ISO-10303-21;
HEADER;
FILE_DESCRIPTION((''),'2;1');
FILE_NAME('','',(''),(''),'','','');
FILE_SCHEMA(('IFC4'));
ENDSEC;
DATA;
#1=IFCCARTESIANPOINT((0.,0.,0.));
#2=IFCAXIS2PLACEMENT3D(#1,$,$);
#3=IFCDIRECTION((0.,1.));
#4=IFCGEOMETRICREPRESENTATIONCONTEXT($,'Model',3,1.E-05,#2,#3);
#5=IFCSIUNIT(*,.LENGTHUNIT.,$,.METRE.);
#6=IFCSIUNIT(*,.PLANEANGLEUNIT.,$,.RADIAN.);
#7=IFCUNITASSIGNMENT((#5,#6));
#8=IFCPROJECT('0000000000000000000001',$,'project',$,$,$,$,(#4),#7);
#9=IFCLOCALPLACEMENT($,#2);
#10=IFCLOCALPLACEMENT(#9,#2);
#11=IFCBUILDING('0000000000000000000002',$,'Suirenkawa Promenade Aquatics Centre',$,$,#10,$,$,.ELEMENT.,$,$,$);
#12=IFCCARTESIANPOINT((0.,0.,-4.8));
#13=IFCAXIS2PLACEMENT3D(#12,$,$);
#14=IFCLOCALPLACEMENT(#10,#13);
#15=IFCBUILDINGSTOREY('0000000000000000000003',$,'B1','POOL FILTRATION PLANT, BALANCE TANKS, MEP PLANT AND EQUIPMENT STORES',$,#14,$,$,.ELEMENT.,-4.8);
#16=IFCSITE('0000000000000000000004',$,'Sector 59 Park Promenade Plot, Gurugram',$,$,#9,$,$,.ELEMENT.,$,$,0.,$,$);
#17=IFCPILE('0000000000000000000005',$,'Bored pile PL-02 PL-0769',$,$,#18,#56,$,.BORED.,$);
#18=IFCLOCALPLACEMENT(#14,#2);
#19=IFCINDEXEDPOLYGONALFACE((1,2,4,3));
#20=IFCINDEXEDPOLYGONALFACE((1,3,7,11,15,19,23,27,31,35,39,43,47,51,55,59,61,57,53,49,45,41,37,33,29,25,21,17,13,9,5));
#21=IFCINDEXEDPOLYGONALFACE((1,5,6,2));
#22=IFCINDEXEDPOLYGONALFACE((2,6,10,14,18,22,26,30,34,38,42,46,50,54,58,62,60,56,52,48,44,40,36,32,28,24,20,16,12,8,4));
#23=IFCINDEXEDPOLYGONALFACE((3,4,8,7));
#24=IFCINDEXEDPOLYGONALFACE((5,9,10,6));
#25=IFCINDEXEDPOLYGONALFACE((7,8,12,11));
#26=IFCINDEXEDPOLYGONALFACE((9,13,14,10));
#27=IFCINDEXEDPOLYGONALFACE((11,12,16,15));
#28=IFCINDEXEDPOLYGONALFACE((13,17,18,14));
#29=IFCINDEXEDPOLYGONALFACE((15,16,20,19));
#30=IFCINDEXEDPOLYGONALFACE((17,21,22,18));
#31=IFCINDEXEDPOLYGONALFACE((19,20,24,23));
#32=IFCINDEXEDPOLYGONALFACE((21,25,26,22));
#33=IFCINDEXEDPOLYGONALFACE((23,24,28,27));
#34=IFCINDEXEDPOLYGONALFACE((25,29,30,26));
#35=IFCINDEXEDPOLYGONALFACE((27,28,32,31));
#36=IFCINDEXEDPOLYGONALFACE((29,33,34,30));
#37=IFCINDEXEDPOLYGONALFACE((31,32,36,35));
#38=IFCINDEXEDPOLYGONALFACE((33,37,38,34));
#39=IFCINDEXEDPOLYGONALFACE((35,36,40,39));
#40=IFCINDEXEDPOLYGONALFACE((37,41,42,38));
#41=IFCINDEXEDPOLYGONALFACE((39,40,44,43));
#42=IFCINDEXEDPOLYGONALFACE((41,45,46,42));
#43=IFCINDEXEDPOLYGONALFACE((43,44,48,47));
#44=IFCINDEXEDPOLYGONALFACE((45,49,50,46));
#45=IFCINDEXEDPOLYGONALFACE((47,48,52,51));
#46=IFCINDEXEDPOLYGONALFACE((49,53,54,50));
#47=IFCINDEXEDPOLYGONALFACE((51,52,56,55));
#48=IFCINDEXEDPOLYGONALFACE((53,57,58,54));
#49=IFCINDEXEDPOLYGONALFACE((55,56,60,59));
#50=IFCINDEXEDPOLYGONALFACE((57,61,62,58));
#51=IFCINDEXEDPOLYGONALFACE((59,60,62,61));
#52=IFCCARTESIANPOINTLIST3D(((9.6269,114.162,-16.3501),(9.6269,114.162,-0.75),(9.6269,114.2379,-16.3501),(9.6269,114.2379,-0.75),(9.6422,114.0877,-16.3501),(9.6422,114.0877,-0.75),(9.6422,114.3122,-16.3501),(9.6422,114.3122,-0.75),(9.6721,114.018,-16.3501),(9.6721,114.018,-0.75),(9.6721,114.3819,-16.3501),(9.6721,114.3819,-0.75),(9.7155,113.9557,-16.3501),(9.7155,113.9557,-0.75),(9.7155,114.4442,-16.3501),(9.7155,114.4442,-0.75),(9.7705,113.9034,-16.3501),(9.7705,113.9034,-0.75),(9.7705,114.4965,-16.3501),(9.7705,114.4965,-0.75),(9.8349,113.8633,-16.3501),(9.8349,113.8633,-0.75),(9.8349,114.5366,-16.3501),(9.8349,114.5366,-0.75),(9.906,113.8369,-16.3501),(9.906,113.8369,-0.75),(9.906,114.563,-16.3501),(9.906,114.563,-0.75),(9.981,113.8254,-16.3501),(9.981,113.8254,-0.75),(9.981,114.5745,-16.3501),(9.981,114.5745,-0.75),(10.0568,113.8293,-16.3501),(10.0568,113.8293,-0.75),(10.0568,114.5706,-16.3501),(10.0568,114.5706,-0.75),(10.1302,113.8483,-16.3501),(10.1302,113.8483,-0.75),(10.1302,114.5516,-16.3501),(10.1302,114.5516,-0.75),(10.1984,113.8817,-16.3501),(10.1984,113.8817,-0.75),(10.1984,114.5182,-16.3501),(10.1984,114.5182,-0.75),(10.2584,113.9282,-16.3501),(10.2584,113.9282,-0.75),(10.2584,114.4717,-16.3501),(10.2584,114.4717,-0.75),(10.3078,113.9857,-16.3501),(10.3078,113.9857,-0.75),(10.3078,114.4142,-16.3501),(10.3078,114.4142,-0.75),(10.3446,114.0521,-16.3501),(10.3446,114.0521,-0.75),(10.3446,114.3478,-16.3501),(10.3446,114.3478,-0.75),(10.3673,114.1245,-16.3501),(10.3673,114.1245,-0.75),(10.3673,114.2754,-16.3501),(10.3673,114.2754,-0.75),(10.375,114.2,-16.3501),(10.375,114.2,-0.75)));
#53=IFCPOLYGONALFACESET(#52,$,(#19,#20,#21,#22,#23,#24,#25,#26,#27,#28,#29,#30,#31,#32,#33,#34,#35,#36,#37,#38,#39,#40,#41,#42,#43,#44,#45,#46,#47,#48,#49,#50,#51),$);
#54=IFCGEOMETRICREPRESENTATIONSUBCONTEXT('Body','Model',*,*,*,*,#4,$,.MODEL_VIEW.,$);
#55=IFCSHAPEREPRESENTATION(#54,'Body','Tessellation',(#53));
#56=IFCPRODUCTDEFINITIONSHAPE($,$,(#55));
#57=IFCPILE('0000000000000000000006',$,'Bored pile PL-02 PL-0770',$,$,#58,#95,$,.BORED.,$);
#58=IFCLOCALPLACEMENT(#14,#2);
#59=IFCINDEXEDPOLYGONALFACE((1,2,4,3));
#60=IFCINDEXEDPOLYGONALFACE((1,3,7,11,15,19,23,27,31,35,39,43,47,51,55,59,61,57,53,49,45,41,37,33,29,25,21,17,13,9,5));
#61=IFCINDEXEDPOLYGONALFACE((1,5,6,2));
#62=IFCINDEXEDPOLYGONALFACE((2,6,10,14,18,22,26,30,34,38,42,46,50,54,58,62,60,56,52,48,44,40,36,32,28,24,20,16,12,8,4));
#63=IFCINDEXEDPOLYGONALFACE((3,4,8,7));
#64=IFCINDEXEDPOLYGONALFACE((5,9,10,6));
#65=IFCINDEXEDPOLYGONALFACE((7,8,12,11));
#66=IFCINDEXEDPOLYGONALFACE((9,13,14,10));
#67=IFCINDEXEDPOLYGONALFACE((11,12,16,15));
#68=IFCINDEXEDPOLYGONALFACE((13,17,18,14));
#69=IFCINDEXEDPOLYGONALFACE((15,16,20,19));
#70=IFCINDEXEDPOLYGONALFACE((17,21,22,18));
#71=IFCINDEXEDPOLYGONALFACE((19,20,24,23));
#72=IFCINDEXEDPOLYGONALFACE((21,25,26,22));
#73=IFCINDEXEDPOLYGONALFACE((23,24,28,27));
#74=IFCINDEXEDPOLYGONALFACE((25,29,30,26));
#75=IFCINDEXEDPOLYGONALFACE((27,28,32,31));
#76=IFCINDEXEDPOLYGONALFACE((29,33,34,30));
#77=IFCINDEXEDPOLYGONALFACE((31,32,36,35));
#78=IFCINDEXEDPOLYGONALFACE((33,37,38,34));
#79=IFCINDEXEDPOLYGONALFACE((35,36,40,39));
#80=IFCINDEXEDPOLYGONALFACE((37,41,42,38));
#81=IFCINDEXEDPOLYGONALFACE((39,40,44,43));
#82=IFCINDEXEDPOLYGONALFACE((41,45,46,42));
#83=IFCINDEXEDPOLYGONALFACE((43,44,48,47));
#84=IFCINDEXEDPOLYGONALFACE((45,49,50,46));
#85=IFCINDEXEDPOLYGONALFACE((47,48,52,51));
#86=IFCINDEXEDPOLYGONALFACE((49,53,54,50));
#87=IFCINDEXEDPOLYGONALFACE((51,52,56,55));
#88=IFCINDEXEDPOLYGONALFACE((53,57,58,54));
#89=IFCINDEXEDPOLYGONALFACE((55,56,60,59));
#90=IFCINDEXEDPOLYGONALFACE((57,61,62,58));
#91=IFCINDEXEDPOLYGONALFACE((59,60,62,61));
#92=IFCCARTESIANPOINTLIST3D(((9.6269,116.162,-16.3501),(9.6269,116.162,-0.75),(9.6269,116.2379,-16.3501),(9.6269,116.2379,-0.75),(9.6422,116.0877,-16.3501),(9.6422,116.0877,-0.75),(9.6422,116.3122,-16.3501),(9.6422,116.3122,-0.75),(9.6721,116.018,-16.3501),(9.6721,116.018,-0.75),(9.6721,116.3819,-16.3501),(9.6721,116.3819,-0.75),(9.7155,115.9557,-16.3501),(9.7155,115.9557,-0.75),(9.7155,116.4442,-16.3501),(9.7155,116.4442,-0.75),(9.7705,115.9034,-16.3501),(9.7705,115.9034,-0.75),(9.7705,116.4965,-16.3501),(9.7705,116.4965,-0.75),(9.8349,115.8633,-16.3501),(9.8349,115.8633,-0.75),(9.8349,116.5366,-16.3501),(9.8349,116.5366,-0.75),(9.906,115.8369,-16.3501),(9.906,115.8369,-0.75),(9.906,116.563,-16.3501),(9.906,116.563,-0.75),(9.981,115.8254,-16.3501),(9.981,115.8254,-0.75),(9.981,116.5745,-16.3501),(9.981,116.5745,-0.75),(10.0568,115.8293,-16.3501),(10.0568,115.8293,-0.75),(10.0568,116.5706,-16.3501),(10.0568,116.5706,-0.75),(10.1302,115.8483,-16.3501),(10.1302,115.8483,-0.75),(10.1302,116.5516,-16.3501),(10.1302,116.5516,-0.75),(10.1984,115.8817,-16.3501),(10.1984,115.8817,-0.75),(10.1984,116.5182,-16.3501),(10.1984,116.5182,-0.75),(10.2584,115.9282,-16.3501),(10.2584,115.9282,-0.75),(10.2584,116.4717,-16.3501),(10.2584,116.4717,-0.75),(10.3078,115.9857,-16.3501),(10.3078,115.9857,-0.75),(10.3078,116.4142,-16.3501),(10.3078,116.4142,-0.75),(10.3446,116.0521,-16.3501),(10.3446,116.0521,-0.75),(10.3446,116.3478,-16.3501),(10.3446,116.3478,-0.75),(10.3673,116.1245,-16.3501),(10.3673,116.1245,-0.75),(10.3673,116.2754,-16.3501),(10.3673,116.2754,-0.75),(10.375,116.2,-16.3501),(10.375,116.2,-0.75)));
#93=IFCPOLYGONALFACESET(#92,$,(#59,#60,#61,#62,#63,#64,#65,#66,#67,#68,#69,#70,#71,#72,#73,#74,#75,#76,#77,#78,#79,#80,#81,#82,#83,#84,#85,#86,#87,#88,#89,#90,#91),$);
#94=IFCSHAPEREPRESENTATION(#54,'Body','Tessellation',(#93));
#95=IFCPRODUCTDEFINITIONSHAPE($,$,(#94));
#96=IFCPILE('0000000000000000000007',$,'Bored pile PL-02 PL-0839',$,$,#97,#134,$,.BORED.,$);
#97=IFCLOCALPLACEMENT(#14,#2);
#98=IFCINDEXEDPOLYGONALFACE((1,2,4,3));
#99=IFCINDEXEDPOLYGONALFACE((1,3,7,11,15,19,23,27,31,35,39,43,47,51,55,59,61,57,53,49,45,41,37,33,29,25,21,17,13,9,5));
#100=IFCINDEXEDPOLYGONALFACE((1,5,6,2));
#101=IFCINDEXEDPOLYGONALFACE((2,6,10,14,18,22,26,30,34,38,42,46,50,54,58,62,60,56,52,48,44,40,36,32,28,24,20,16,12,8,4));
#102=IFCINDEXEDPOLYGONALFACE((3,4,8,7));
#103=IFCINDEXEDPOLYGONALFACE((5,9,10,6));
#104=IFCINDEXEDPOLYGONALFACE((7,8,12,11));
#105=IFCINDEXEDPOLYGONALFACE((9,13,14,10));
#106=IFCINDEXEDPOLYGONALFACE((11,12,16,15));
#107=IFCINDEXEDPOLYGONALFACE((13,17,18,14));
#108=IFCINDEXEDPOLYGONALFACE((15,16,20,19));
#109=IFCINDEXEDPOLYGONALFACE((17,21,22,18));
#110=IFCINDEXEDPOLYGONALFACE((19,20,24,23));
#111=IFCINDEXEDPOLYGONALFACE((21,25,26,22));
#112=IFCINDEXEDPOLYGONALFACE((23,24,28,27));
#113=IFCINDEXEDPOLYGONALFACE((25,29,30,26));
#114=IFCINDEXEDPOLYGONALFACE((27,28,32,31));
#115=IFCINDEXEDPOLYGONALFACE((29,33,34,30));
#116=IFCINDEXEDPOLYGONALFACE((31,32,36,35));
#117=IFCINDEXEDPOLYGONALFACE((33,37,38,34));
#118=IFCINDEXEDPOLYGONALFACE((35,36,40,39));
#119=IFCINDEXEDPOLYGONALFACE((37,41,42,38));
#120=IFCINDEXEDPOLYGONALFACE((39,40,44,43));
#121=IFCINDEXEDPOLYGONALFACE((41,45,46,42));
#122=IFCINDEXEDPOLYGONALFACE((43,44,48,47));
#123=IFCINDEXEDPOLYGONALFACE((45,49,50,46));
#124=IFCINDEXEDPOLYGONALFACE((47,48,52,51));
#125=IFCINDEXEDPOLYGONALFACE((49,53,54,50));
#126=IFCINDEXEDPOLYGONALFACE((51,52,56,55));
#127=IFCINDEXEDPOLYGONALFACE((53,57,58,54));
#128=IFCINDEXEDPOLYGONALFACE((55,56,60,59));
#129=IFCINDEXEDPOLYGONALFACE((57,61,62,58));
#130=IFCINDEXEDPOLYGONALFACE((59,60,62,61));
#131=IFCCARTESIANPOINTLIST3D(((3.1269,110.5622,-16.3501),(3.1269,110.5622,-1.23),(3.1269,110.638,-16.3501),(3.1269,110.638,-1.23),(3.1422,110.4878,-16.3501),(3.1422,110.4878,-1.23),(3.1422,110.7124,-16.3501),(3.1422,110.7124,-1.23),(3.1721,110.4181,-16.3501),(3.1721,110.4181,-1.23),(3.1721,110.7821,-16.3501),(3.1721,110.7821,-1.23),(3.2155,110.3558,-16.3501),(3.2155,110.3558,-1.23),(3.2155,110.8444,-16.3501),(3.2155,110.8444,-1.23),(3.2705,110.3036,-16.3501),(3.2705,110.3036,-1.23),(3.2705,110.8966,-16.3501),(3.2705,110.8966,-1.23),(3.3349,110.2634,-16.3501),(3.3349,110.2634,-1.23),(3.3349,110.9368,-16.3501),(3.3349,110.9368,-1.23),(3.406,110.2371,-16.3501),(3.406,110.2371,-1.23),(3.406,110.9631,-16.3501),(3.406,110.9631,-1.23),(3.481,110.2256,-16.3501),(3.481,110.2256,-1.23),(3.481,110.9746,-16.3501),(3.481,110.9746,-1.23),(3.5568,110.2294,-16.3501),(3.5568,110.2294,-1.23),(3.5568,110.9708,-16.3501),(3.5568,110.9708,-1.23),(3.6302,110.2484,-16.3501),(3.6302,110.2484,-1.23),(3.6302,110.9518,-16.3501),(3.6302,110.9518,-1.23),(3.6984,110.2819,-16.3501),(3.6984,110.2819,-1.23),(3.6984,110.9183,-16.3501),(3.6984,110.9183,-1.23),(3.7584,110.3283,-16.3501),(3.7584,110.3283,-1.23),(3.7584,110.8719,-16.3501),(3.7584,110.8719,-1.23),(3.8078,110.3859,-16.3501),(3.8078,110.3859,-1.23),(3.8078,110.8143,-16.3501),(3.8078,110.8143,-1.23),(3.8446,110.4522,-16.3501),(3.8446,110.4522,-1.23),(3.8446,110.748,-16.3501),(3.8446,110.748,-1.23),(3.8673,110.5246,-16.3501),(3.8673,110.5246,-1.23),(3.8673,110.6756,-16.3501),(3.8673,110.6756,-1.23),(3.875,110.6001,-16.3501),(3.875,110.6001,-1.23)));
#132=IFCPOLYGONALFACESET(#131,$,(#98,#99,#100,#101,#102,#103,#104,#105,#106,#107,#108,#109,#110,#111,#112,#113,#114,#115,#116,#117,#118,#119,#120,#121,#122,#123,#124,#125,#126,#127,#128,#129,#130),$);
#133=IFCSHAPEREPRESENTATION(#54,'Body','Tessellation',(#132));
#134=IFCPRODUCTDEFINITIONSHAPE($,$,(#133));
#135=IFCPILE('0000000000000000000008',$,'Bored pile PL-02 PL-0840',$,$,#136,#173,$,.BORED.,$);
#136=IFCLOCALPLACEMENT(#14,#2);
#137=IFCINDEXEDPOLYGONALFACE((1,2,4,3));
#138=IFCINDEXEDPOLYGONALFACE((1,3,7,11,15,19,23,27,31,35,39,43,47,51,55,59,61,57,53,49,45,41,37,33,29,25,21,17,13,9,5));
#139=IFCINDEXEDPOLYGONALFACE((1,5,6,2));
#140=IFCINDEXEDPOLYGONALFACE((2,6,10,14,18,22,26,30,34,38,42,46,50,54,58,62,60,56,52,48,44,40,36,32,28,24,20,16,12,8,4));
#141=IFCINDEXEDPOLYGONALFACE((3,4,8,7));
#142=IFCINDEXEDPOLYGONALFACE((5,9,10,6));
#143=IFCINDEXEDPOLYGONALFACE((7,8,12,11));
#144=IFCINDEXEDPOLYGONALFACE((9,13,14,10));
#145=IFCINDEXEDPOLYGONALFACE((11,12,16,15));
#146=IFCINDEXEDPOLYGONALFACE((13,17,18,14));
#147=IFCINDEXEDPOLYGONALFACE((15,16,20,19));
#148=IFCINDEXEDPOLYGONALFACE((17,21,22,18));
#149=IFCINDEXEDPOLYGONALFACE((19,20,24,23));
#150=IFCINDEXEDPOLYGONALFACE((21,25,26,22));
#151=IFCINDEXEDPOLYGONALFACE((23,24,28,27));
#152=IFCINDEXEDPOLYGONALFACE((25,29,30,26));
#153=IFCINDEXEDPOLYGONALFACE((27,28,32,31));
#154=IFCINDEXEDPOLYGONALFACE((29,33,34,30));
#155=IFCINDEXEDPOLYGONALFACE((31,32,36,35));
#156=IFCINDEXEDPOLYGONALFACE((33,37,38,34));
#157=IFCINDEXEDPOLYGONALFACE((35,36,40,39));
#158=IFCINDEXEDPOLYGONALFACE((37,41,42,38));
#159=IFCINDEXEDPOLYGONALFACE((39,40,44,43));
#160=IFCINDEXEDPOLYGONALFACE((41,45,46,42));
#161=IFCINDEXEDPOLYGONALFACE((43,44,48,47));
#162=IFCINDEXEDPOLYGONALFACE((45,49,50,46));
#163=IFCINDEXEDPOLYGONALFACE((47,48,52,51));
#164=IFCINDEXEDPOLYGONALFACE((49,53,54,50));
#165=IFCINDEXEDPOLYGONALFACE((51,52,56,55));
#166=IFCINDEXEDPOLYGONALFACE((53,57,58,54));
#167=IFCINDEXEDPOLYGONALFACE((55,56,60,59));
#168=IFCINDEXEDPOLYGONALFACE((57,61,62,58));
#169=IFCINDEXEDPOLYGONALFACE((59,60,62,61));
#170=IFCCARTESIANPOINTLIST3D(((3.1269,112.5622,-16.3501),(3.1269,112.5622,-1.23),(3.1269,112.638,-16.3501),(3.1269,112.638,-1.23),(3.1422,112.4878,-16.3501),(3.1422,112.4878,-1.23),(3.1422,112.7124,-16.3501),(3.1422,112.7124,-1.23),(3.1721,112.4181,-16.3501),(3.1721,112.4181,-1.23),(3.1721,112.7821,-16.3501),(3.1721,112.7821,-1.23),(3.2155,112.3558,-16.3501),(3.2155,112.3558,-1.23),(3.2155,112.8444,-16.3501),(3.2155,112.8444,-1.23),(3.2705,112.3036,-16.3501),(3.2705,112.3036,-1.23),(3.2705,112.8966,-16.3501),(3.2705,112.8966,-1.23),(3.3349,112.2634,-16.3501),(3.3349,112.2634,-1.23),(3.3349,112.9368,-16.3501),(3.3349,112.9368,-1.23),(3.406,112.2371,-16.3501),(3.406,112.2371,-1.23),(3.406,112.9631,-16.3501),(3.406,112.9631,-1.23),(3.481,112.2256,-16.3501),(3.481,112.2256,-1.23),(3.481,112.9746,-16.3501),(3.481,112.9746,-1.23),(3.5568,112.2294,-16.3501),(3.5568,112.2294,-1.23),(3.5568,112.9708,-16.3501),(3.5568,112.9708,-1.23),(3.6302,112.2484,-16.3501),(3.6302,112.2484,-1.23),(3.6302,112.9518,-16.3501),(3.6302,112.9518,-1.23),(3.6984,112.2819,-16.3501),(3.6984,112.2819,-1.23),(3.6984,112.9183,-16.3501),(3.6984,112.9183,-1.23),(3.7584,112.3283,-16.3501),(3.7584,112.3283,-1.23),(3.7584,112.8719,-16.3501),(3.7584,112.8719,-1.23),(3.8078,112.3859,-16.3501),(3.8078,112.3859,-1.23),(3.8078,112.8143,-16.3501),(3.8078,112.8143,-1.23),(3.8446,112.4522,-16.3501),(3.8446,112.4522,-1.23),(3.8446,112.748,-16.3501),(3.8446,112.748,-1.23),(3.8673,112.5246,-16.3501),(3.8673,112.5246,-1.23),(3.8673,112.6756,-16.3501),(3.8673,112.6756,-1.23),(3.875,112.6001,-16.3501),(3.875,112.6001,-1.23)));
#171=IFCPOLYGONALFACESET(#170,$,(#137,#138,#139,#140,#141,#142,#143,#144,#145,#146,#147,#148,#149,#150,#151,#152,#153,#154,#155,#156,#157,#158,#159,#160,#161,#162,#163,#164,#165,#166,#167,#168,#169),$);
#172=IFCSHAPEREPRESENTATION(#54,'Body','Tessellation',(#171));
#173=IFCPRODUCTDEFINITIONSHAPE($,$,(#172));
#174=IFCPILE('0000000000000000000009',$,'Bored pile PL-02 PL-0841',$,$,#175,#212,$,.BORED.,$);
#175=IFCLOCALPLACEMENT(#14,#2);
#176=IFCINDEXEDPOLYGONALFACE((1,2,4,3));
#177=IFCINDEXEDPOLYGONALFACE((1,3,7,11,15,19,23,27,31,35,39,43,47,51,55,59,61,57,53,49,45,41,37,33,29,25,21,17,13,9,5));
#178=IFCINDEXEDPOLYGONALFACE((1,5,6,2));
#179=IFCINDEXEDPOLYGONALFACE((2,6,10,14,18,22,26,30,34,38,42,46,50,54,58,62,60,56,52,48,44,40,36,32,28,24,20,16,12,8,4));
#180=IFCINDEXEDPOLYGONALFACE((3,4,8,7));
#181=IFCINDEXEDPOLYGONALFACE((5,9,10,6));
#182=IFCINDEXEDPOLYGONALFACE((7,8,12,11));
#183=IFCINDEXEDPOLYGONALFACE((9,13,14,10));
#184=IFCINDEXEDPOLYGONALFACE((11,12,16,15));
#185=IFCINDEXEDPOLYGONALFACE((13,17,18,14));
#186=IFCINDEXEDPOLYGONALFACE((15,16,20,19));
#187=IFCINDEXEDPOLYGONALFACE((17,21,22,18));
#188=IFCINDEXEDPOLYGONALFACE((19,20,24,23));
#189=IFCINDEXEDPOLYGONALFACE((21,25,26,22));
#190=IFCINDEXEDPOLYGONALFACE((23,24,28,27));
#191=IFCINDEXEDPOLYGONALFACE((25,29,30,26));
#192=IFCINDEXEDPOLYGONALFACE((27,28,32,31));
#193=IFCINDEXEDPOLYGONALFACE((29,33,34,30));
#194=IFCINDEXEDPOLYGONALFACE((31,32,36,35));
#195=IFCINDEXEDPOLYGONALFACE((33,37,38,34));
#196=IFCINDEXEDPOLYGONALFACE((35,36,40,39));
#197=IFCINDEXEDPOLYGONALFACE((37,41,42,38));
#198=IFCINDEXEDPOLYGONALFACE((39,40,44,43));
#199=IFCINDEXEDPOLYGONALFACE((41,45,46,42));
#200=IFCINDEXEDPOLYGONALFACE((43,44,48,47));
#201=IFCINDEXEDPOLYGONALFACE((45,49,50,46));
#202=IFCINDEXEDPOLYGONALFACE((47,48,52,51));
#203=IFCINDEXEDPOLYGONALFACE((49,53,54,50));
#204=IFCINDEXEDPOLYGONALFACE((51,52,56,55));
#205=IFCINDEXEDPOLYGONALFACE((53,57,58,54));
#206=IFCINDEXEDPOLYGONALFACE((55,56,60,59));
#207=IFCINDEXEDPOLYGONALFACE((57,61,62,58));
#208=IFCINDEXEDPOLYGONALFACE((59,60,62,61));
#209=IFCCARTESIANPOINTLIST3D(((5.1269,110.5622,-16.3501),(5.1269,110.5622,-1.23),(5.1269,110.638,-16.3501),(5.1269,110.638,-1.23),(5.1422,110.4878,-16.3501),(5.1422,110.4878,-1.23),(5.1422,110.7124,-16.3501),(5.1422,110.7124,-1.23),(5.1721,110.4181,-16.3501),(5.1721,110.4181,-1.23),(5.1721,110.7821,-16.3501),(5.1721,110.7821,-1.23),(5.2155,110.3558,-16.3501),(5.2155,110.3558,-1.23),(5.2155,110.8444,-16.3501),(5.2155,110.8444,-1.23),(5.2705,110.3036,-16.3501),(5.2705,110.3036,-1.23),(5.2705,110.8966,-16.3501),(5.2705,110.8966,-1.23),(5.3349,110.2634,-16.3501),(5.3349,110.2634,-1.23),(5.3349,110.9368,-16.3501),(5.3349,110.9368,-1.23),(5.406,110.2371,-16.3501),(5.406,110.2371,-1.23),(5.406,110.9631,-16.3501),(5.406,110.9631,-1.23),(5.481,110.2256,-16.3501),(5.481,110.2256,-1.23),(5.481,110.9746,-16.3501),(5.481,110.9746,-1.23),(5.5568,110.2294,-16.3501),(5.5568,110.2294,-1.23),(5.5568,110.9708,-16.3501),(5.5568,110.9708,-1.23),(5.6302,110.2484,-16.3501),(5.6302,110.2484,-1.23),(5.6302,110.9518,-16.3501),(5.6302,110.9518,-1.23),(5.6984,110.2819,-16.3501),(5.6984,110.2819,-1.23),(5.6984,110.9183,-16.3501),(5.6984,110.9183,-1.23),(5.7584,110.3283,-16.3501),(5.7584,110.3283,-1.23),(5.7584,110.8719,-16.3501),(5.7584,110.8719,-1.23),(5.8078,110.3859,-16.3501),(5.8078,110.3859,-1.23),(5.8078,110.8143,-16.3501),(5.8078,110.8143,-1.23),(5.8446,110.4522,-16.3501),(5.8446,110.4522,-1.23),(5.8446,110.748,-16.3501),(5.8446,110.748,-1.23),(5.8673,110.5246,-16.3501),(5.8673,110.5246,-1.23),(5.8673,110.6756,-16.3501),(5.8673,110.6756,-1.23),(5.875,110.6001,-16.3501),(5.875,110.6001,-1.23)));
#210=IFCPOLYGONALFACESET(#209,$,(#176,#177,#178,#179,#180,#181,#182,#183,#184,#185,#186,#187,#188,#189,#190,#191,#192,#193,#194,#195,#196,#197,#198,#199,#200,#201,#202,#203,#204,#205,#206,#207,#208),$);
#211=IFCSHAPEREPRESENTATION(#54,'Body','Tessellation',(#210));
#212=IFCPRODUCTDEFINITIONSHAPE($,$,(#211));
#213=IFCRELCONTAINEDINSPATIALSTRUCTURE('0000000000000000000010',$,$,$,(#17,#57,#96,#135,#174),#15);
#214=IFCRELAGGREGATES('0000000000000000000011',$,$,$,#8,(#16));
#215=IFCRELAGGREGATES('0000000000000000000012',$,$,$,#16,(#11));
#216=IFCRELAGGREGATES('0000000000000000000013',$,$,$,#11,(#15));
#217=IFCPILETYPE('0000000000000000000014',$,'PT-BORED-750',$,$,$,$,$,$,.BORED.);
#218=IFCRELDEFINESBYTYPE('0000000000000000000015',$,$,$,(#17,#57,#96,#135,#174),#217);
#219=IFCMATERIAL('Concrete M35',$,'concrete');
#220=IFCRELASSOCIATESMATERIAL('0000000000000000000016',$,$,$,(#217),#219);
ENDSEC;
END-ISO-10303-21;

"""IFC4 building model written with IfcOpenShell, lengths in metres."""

from ifc_helpers import new_model, si_unit, direction, frame, origin, origin_2d, place, context, subcontext, project, spatial, circle, extrude, material, material_profile, profile_set, type_object, element, save


model = new_model("IFC4")

# Units and contexts
model_context = context("Model", 3, precision=1e-05, world=origin(), true_north=direction((0.0, 1.0)))
body_context = subcontext(model_context, "Body", "Model", "MODEL_VIEW")
ifc_project = project(units=[si_unit("LENGTHUNIT", "METRE"), si_unit("PLANEANGLEUNIT", "RADIAN")], contexts=[model_context])

# Site, building, storey
site_placement = place(None, origin())
site = spatial("IfcSite", under=ifc_project, at=site_placement, Name="Sector 59 Park Promenade Plot, Gurugram", CompositionType="ELEMENT", RefElevation=0.0)
building_placement = place(site_placement, origin())
building = spatial("IfcBuilding", under=site, at=building_placement, Name="Suirenkawa Promenade Aquatics Centre", CompositionType="ELEMENT")
storey_placement = place(building_placement, frame((0.0, 0.0, -4.8)))
storey = spatial("IfcBuildingStorey", under=building, at=storey_placement, Name="B1", Description="POOL FILTRATION PLANT, BALANCE TANKS, MEP PLANT AND EQUIPMENT STORES", CompositionType="ELEMENT", Elevation=-4.8)

# Shared definitions
ifc_material_1 = material(Name="Concrete M35", Category="concrete")

# Piles
ifc_material_profile_1 = material_profile(ifc_material_1, circle(Radius=0.375, at=origin_2d()), Name="PILE D750", Category="concrete")
ifc_profile_set_1 = profile_set([ifc_material_profile_1], Name="Concrete M35")
pile_type = type_object("IfcPileType", Name="PT-BORED-750", PredefinedType="BORED", material=ifc_profile_set_1)
for number, where, z_axis, x_axis, name in (
    (1, (10.0, 114.2, -0.75), (0.0, 0.0, -1.0), (1.0, 0.0, 0.0), "Bored pile PL-02 PL-0769"),
    (2, (10.0, 116.2, -0.75), (0.0, 0.0, -1.0), (1.0, 0.0, 0.0), "Bored pile PL-02 PL-0770"),
):
    element("IfcPile", number, at=place(storey_placement, frame(where, z_axis=z_axis, x_axis=x_axis)), inside=storey, type_object=pile_type, Name=name, PredefinedType="BORED", context=body_context, shape_type="SweptSolid", body=[
        extrude(circle(Radius=0.375, at=origin_2d()), origin(), (0.0, 0.0, 1.0), 15.6001),
    ])
for number, where, z_axis, x_axis, name in (
    (3, (3.5, 110.6001, -1.23), (0.0, 0.0, -1.0), (1.0, 0.0, 0.0), "Bored pile PL-02 PL-0839"),
    (4, (3.5, 112.6001, -1.23), (0.0, 0.0, -1.0), (1.0, 0.0, 0.0), "Bored pile PL-02 PL-0840"),
    (5, (5.5, 110.6001, -1.23), (0.0, 0.0, -1.0), (1.0, 0.0, 0.0), "Bored pile PL-02 PL-0841"),
):
    element("IfcPile", number, at=place(storey_placement, frame(where, z_axis=z_axis, x_axis=x_axis)), inside=storey, type_object=pile_type, Name=name, PredefinedType="BORED", context=body_context, shape_type="SweptSolid", body=[
        extrude(circle(Radius=0.375, at=origin_2d()), origin(), (0.0, 0.0, 1.0), 15.1201),
    ])

save(model, "model.ifc")
